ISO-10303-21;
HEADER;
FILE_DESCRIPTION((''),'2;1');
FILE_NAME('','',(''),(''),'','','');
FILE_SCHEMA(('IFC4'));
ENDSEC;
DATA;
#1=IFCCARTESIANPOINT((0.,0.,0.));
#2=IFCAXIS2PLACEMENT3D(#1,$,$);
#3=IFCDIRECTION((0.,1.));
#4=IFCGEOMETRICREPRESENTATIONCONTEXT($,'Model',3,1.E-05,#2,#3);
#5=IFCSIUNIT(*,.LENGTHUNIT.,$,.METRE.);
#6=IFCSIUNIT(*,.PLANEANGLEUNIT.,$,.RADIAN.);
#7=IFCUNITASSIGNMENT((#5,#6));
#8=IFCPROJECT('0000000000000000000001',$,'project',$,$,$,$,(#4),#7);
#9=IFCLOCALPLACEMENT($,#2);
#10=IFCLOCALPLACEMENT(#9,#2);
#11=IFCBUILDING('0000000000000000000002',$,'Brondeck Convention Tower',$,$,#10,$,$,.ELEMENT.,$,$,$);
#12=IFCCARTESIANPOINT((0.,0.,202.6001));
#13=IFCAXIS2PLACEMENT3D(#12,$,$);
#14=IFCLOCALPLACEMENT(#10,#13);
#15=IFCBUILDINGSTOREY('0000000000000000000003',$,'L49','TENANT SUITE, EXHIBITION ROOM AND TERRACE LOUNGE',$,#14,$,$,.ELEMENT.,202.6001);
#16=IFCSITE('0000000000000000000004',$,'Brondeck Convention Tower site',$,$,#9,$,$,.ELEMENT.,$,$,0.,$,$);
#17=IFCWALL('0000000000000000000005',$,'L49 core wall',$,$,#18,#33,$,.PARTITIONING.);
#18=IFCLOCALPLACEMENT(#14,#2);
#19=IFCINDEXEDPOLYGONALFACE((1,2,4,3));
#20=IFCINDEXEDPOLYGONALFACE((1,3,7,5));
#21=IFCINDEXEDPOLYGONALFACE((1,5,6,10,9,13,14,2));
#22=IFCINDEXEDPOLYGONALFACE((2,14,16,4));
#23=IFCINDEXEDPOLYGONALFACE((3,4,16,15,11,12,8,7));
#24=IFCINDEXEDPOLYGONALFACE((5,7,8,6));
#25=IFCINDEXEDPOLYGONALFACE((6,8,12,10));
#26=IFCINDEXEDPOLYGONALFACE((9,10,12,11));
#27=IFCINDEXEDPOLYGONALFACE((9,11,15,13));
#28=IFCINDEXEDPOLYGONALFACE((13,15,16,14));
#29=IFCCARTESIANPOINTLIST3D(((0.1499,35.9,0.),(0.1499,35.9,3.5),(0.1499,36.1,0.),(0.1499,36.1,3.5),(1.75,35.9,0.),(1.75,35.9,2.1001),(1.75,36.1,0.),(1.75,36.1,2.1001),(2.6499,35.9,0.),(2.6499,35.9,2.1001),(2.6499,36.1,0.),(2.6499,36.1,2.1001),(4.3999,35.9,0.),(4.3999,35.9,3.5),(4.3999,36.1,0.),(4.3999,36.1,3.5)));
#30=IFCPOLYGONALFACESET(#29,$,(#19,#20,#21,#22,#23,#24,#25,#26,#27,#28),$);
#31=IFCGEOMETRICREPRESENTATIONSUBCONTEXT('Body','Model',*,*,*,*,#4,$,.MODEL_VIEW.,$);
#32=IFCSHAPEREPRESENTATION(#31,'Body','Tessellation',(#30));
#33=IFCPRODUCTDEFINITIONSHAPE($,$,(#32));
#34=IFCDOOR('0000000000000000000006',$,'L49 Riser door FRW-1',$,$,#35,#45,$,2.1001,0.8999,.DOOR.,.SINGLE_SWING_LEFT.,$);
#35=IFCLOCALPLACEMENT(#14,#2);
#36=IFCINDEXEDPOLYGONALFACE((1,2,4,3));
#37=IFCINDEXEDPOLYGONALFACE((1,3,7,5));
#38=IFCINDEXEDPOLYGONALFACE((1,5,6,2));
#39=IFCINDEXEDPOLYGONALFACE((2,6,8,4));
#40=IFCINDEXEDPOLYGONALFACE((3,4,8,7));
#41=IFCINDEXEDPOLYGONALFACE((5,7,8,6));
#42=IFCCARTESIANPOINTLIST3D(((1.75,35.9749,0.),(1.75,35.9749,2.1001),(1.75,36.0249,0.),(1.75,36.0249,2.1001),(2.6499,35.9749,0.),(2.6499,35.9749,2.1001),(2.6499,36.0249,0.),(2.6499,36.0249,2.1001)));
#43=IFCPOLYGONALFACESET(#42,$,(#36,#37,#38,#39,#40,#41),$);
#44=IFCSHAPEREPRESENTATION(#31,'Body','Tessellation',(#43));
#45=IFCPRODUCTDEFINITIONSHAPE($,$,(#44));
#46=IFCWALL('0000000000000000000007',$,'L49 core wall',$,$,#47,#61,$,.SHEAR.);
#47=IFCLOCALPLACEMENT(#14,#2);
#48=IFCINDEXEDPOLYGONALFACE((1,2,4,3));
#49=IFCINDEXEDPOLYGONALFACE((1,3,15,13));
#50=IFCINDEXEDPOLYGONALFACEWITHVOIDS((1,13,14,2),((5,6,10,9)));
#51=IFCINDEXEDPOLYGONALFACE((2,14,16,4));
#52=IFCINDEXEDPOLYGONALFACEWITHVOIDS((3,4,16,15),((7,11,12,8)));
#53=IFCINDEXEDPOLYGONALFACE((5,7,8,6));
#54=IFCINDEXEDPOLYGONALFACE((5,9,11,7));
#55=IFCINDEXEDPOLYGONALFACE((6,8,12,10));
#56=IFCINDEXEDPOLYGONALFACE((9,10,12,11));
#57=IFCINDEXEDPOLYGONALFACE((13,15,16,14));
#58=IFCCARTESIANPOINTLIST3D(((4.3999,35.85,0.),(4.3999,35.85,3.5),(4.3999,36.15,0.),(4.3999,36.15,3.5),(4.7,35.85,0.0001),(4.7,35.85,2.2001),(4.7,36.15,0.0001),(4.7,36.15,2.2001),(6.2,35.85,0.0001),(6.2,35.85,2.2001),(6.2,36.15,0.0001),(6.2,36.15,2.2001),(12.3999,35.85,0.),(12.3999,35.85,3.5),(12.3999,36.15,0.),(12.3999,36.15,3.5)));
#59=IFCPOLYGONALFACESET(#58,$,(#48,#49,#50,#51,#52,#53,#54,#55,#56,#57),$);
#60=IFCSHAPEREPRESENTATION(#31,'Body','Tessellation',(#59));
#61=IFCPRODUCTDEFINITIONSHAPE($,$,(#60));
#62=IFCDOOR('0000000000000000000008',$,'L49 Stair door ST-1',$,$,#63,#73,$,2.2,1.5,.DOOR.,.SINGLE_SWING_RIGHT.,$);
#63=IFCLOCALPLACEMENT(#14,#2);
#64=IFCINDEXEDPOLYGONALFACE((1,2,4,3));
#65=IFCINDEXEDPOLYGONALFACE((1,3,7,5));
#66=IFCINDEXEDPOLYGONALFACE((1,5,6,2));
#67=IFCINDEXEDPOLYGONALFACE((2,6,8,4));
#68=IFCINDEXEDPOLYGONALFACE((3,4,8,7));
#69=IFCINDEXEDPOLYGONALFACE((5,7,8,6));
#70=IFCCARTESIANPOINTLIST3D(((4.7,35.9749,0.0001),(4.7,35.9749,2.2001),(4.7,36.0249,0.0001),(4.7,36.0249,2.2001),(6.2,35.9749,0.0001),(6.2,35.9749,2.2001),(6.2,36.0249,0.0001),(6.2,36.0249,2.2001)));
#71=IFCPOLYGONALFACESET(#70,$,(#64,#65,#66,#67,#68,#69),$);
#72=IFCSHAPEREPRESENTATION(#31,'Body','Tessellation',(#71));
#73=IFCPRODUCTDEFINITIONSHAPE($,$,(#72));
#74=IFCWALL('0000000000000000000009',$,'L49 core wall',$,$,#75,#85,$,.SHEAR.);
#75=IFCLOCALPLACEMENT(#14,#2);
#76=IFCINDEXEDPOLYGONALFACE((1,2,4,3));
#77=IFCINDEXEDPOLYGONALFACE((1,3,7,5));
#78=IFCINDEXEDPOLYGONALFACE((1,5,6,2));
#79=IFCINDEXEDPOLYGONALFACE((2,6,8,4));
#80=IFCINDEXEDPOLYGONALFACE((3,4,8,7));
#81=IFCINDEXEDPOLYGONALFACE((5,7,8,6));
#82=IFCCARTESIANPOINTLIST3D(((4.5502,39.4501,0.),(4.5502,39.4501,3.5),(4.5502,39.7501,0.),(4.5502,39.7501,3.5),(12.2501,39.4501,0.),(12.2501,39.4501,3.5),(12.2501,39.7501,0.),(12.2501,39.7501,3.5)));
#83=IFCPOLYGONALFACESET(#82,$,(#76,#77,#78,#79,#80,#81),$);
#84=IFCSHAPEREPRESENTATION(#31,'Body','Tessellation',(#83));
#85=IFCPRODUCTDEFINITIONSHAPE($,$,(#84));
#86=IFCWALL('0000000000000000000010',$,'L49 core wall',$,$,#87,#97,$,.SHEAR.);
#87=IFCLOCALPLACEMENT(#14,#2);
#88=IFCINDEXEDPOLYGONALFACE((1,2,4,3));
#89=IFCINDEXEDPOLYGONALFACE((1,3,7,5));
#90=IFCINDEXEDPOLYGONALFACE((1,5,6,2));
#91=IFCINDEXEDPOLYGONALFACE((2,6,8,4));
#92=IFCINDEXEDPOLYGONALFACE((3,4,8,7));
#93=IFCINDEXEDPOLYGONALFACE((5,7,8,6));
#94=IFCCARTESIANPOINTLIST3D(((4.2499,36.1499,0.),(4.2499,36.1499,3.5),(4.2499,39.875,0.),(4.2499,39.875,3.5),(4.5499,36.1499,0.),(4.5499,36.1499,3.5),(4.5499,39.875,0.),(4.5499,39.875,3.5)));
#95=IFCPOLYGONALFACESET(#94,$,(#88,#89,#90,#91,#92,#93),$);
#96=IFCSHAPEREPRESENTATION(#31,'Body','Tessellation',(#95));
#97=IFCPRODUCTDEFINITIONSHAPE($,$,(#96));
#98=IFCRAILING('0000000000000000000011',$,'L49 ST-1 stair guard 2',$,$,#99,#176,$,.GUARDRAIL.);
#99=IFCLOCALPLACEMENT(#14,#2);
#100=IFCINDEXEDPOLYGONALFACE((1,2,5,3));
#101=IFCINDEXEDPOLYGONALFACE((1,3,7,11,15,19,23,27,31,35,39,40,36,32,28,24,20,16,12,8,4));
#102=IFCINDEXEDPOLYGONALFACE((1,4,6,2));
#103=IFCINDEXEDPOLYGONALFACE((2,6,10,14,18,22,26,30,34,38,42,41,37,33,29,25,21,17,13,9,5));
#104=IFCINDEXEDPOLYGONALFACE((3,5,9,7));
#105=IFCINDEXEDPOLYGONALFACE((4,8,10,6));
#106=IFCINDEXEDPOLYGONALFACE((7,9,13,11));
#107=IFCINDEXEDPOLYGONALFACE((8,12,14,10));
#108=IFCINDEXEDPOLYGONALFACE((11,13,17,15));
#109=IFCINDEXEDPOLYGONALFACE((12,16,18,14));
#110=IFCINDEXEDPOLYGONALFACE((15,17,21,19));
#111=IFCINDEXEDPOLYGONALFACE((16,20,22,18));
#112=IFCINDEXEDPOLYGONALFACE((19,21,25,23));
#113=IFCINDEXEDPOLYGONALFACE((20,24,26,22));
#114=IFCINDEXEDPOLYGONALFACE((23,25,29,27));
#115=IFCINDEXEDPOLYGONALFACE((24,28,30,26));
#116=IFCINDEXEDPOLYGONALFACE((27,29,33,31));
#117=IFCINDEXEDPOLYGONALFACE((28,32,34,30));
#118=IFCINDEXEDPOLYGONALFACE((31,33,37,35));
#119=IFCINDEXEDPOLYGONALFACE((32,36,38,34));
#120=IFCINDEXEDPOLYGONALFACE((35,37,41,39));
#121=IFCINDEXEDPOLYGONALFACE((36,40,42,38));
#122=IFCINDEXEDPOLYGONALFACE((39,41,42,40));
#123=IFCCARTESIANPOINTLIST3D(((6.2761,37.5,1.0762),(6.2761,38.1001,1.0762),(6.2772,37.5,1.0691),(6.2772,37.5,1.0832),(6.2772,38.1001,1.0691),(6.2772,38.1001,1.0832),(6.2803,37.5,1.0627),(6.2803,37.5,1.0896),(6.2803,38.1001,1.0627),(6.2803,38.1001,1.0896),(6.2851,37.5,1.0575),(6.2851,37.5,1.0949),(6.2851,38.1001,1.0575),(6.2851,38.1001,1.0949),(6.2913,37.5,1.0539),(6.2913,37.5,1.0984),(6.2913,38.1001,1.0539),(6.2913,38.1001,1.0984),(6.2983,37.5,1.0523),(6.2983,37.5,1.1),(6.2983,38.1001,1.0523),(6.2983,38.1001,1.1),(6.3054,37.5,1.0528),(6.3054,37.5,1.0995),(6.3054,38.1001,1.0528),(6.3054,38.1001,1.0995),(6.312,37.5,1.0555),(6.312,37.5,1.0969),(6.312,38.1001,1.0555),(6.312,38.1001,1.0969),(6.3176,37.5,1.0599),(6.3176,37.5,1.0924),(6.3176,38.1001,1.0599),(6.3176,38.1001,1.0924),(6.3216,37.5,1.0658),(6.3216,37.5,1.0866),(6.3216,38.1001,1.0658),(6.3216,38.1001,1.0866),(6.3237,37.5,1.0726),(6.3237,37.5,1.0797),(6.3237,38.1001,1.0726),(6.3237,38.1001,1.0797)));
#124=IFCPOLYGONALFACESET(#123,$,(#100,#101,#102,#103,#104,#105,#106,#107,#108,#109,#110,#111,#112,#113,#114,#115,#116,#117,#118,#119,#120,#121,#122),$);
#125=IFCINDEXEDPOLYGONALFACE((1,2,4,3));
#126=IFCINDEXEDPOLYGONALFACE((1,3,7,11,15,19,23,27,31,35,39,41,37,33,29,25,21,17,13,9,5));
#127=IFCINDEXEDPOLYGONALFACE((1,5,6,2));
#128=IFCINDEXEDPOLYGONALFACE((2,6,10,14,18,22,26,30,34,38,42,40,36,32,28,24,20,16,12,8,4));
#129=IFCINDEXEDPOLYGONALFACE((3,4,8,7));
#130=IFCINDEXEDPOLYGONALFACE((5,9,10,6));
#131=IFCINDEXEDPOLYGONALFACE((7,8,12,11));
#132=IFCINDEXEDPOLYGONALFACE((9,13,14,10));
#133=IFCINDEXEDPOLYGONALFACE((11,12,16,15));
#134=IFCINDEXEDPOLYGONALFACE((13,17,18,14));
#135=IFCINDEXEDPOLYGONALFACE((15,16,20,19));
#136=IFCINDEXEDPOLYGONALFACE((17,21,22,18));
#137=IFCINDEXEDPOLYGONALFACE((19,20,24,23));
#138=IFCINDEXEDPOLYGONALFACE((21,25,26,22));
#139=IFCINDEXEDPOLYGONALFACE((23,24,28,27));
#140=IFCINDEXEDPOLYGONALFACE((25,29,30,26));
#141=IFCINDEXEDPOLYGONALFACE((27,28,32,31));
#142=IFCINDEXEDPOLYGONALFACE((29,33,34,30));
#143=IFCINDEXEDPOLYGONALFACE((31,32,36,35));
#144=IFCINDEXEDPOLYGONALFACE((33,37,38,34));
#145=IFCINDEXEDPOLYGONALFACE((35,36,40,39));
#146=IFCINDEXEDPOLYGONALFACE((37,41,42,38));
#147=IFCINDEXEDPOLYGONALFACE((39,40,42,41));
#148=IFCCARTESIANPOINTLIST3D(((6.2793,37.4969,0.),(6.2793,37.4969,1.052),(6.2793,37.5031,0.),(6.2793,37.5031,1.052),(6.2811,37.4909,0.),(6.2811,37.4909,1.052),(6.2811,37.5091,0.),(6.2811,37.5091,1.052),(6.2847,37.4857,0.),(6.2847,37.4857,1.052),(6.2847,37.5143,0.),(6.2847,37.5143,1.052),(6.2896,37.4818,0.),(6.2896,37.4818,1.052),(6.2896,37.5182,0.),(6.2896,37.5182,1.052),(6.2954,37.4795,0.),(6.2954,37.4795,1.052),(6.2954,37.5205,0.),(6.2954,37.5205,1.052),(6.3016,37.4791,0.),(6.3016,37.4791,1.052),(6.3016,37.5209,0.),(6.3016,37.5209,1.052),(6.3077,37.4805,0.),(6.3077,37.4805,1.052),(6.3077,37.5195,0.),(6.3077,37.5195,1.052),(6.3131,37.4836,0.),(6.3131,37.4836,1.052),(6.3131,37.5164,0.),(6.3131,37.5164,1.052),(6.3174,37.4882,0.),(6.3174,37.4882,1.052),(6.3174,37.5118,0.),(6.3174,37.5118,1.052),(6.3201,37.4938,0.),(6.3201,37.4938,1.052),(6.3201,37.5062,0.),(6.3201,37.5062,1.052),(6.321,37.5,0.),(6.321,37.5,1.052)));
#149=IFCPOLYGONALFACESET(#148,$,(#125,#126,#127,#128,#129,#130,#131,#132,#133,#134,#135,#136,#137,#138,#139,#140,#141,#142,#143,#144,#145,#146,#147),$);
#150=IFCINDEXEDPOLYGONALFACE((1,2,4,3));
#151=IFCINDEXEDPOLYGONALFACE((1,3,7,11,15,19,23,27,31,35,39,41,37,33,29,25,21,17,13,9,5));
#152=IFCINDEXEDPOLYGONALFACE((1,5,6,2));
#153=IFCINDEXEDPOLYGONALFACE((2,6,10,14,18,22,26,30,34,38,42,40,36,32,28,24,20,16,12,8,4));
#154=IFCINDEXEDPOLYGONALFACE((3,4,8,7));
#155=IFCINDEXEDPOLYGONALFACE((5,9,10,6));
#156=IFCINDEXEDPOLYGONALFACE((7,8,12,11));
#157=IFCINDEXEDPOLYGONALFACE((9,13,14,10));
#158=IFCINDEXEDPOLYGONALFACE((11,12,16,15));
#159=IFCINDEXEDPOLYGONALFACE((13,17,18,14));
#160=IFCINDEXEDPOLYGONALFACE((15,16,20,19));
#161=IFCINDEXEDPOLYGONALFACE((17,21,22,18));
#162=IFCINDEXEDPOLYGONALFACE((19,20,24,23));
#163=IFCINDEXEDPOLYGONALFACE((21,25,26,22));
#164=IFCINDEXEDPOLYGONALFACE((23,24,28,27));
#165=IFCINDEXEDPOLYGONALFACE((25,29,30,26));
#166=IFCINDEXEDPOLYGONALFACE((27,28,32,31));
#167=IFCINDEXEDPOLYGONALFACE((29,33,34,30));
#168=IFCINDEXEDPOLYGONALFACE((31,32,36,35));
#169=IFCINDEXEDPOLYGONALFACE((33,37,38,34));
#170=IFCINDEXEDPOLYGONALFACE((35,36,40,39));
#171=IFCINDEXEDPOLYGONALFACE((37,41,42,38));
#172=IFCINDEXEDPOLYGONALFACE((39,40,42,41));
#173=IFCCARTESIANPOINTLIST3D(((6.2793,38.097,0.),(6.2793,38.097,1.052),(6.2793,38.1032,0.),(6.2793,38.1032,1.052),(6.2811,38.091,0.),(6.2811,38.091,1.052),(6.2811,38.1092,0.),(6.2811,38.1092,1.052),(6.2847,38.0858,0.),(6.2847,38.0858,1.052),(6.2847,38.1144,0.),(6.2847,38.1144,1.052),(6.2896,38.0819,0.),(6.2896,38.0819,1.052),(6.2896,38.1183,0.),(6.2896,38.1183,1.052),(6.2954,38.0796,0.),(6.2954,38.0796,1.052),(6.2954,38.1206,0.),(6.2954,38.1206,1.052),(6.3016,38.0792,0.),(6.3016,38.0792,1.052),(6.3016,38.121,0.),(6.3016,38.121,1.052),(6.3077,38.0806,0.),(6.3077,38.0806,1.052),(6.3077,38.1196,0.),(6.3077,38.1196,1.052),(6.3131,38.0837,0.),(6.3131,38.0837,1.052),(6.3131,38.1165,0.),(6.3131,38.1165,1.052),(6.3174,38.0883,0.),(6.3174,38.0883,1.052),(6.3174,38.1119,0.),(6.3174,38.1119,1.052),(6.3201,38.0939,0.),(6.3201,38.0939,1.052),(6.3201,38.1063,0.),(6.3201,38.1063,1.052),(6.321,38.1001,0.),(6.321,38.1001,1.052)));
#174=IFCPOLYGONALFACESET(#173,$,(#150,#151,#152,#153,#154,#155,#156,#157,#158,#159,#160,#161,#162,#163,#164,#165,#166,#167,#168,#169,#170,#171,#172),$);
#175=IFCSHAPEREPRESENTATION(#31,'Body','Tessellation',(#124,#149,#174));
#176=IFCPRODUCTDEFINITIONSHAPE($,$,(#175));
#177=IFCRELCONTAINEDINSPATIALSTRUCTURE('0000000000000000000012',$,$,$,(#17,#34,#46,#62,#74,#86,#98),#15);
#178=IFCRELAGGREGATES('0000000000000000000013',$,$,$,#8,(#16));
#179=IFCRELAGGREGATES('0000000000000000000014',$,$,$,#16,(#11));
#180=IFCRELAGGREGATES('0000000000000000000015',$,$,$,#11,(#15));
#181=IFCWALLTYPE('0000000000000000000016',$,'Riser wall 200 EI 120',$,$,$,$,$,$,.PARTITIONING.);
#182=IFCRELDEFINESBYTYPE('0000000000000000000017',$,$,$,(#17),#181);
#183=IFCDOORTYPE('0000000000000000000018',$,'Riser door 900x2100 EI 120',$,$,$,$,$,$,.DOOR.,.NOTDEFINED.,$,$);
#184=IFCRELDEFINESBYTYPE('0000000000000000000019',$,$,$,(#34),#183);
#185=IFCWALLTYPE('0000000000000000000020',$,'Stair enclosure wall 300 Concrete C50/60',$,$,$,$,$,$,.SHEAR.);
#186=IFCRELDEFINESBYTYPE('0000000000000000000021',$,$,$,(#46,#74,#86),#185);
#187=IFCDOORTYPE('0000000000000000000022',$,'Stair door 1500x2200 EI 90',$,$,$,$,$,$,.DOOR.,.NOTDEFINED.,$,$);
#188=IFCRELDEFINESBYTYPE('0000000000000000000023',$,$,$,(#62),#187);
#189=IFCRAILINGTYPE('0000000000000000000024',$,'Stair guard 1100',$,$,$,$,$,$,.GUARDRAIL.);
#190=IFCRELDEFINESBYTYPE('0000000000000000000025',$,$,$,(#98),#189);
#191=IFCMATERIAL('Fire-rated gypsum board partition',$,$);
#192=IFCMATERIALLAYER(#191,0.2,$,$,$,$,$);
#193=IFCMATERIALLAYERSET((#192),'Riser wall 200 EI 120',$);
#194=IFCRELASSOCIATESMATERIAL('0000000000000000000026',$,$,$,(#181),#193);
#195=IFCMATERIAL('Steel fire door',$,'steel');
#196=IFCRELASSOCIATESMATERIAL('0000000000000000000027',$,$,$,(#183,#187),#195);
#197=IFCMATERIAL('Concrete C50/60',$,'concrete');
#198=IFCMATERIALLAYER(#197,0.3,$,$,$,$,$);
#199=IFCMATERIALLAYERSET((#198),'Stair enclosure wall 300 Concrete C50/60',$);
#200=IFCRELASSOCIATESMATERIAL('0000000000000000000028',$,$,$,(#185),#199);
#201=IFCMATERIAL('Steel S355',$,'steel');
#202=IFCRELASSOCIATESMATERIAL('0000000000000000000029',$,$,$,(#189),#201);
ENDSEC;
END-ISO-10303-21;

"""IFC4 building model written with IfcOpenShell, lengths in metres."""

from ifc_helpers import new_model, si_unit, direction, frame, frame_2d, origin, origin_2d, place, context, subcontext, project, spatial, rectangle, circle, extrude, material, layer, layer_set, type_object, element, fill, save


model = new_model("IFC4")

# Units and contexts
model_context = context("Model", 3, precision=1e-05, world=origin(), true_north=direction((0.0, 1.0)))
body_context = subcontext(model_context, "Body", "Model", "MODEL_VIEW")
ifc_project = project(units=[si_unit("LENGTHUNIT", "METRE"), si_unit("PLANEANGLEUNIT", "RADIAN")], contexts=[model_context])

# Site, building, storey
site_placement = place(None, origin())
site = spatial("IfcSite", under=ifc_project, at=site_placement, Name="Brondeck Convention Tower site", CompositionType="ELEMENT", RefElevation=0.0)
building_placement = place(site_placement, origin())
building = spatial("IfcBuilding", under=site, at=building_placement, Name="Brondeck Convention Tower", CompositionType="ELEMENT")
storey_placement = place(building_placement, frame((0.0, 0.0, 202.6001)))
storey = spatial("IfcBuildingStorey", under=building, at=storey_placement, Name="L49", Description="TENANT SUITE, EXHIBITION ROOM AND TERRACE LOUNGE", CompositionType="ELEMENT", Elevation=202.6001)

# Shared definitions
ifc_material_1 = material(Name="Concrete C50/60", Category="concrete")

# Shared definitions
ifc_material_2 = material(Name="Steel S355", Category="steel")

# Walls, openings, doors
ifc_material_3 = material(Name="Fire-rated gypsum board partition")
ifc_layer_1 = layer(ifc_material_3, 0.2)
ifc_layer_set_1 = layer_set([ifc_layer_1], Name="Riser wall 200 EI 120")
wall_type_1 = type_object("IfcWallType", Name="Riser wall 200 EI 120", PredefinedType="PARTITIONING", material=ifc_layer_set_1)
wall_1_placement = place(storey_placement, frame((0.1499, 36.0, 0.0), z_axis=(0.0, 0.0, 1.0), x_axis=(1.0, 0.0, 0.0)))
wall_1 = element("IfcWall", 1, at=wall_1_placement, inside=storey, type_object=wall_type_1, Name="L49 core wall", PredefinedType="PARTITIONING", context=body_context, shape_type="SweptSolid", body=[
    extrude(rectangle(XDim=4.25, YDim=0.2, at=frame_2d((2.125, 0.0))), origin(), (0.0, 0.0, 1.0), 3.5),
])
opening_1_placement = place(wall_1_placement, frame((1.6001, 0.0, 0.0)))
opening_1 = element("IfcOpeningElement", 2, at=opening_1_placement, cuts=wall_1, PredefinedType="OPENING", context=body_context, shape_type="SweptSolid", body=[
    extrude(rectangle(XDim=0.8999, YDim=2.1001, at=frame_2d((0.45, 1.05))), frame((0.0, 0.1099, 0.0), z_axis=(0.0, -1.0, 0.0), x_axis=(1.0, 0.0, 0.0)), (0.0, 0.0, 1.0), 0.22),
])
ifc_material_4 = material(Name="Steel fire door", Category="steel")
door_type_1 = type_object("IfcDoorType", Name="Riser door 900x2100 EI 120", OperationType="NOTDEFINED", PredefinedType="DOOR", material=ifc_material_4)
door_1_placement = place(opening_1_placement, origin())
door_1 = element("IfcDoor", 3, at=door_1_placement, inside=storey, type_object=door_type_1, Name="L49 Riser door FRW-1", OperationType="SINGLE_SWING_LEFT", OverallHeight=2.1001, OverallWidth=0.8999, PredefinedType="DOOR", context=body_context, shape_type="SweptSolid", body=[
    extrude(rectangle(XDim=0.8999, YDim=2.1001, at=frame_2d((0.45, 1.05))), frame((0.0, 0.0249, 0.0), z_axis=(0.0, -1.0, 0.0), x_axis=(1.0, 0.0, 0.0)), (0.0, 0.0, 1.0), 0.05),
])
fill(opening_1, door_1)
ifc_layer_2 = layer(ifc_material_1, 0.3)
ifc_layer_set_2 = layer_set([ifc_layer_2], Name="Stair enclosure wall 300 Concrete C50/60")
wall_type_2 = type_object("IfcWallType", Name="Stair enclosure wall 300 Concrete C50/60", PredefinedType="SHEAR", material=ifc_layer_set_2)
wall_2_placement = place(storey_placement, frame((4.3999, 36.0, 0.0), z_axis=(0.0, 0.0, 1.0), x_axis=(1.0, 0.0, 0.0)))
wall_2 = element("IfcWall", 4, at=wall_2_placement, inside=storey, type_object=wall_type_2, Name="L49 core wall", PredefinedType="SHEAR", context=body_context, shape_type="SweptSolid", body=[
    extrude(rectangle(XDim=8.0, YDim=0.3, at=frame_2d((4.0, 0.0))), origin(), (0.0, 0.0, 1.0), 3.5),
])
opening_2_placement = place(wall_2_placement, frame((0.3, 0.0, 0.0)))
opening_2 = element("IfcOpeningElement", 5, at=opening_2_placement, cuts=wall_2, PredefinedType="OPENING", context=body_context, shape_type="SweptSolid", body=[
    extrude(rectangle(XDim=1.5, YDim=2.2, at=frame_2d((0.75, 1.1001))), frame((0.0, 0.1599, 0.0), z_axis=(0.0, -1.0, 0.0), x_axis=(1.0, 0.0, 0.0)), (0.0, 0.0, 1.0), 0.3201),
])
door_type_2 = type_object("IfcDoorType", Name="Stair door 1500x2200 EI 90", OperationType="NOTDEFINED", PredefinedType="DOOR", material=ifc_material_4)
door_2_placement = place(opening_2_placement, origin())
door_2 = element("IfcDoor", 6, at=door_2_placement, inside=storey, type_object=door_type_2, Name="L49 Stair door ST-1", OperationType="SINGLE_SWING_RIGHT", OverallHeight=2.2, OverallWidth=1.5, PredefinedType="DOOR", context=body_context, shape_type="SweptSolid", body=[
    extrude(rectangle(XDim=1.5, YDim=2.2, at=frame_2d((0.75, 1.1001))), frame((0.0, 0.0249, 0.0), z_axis=(0.0, -1.0, 0.0), x_axis=(1.0, 0.0, 0.0)), (0.0, 0.0, 1.0), 0.05),
])
fill(opening_2, door_2)

# Walls
wall_3_placement = place(storey_placement, frame((4.55, 39.6001, 0.0), z_axis=(0.0, 0.0, 1.0), x_axis=(1.0, 0.0, 0.0)))
element("IfcWall", 7, at=wall_3_placement, inside=storey, type_object=wall_type_2, Name="L49 core wall", PredefinedType="SHEAR", context=body_context, shape_type="SweptSolid", body=[
    extrude(rectangle(XDim=7.7, YDim=0.3, at=frame_2d((3.8501, 0.0))), origin(), (0.0, 0.0, 1.0), 3.5),
])
wall_4_placement = place(storey_placement, frame((4.3999, 36.1499, 0.0), z_axis=(0.0, 0.0, 1.0), x_axis=(0.0, 1.0, 0.0)))
element("IfcWall", 8, at=wall_4_placement, inside=storey, type_object=wall_type_2, Name="L49 core wall", PredefinedType="SHEAR", context=body_context, shape_type="SweptSolid", body=[
    extrude(rectangle(XDim=3.7251, YDim=0.3, at=frame_2d((1.8625, 0.0))), origin(), (0.0, 0.0, 1.0), 3.5),
])

# Railing
railing_type_1 = type_object("IfcRailingType", Name="Stair guard 1100", PredefinedType="GUARDRAIL", material=ifc_material_2)
railing_1_placement = place(storey_placement, frame((6.3, 37.5, 0.0)))
element("IfcRailing", 9, at=railing_1_placement, inside=storey, type_object=railing_type_1, Name="L49 ST-1 stair guard 2", PredefinedType="GUARDRAIL", context=body_context, shape_type="SweptSolid", body=[
    extrude(circle(Radius=0.0239, at=origin_2d()), frame((0.0, 0.0, 1.0762), z_axis=(0.0, 1.0, 0.0), x_axis=(-1.0, 0.0, 0.0)), (0.0, 0.0, 1.0), 0.6001),
    extrude(circle(Radius=0.021, at=origin_2d()), origin(), (0.0, 0.0, 1.0), 1.052),
    extrude(circle(Radius=0.021, at=origin_2d()), frame((0.0, 0.6001, 0.0)), (0.0, 0.0, 1.0), 1.052),
])

save(model, "model.ifc")
